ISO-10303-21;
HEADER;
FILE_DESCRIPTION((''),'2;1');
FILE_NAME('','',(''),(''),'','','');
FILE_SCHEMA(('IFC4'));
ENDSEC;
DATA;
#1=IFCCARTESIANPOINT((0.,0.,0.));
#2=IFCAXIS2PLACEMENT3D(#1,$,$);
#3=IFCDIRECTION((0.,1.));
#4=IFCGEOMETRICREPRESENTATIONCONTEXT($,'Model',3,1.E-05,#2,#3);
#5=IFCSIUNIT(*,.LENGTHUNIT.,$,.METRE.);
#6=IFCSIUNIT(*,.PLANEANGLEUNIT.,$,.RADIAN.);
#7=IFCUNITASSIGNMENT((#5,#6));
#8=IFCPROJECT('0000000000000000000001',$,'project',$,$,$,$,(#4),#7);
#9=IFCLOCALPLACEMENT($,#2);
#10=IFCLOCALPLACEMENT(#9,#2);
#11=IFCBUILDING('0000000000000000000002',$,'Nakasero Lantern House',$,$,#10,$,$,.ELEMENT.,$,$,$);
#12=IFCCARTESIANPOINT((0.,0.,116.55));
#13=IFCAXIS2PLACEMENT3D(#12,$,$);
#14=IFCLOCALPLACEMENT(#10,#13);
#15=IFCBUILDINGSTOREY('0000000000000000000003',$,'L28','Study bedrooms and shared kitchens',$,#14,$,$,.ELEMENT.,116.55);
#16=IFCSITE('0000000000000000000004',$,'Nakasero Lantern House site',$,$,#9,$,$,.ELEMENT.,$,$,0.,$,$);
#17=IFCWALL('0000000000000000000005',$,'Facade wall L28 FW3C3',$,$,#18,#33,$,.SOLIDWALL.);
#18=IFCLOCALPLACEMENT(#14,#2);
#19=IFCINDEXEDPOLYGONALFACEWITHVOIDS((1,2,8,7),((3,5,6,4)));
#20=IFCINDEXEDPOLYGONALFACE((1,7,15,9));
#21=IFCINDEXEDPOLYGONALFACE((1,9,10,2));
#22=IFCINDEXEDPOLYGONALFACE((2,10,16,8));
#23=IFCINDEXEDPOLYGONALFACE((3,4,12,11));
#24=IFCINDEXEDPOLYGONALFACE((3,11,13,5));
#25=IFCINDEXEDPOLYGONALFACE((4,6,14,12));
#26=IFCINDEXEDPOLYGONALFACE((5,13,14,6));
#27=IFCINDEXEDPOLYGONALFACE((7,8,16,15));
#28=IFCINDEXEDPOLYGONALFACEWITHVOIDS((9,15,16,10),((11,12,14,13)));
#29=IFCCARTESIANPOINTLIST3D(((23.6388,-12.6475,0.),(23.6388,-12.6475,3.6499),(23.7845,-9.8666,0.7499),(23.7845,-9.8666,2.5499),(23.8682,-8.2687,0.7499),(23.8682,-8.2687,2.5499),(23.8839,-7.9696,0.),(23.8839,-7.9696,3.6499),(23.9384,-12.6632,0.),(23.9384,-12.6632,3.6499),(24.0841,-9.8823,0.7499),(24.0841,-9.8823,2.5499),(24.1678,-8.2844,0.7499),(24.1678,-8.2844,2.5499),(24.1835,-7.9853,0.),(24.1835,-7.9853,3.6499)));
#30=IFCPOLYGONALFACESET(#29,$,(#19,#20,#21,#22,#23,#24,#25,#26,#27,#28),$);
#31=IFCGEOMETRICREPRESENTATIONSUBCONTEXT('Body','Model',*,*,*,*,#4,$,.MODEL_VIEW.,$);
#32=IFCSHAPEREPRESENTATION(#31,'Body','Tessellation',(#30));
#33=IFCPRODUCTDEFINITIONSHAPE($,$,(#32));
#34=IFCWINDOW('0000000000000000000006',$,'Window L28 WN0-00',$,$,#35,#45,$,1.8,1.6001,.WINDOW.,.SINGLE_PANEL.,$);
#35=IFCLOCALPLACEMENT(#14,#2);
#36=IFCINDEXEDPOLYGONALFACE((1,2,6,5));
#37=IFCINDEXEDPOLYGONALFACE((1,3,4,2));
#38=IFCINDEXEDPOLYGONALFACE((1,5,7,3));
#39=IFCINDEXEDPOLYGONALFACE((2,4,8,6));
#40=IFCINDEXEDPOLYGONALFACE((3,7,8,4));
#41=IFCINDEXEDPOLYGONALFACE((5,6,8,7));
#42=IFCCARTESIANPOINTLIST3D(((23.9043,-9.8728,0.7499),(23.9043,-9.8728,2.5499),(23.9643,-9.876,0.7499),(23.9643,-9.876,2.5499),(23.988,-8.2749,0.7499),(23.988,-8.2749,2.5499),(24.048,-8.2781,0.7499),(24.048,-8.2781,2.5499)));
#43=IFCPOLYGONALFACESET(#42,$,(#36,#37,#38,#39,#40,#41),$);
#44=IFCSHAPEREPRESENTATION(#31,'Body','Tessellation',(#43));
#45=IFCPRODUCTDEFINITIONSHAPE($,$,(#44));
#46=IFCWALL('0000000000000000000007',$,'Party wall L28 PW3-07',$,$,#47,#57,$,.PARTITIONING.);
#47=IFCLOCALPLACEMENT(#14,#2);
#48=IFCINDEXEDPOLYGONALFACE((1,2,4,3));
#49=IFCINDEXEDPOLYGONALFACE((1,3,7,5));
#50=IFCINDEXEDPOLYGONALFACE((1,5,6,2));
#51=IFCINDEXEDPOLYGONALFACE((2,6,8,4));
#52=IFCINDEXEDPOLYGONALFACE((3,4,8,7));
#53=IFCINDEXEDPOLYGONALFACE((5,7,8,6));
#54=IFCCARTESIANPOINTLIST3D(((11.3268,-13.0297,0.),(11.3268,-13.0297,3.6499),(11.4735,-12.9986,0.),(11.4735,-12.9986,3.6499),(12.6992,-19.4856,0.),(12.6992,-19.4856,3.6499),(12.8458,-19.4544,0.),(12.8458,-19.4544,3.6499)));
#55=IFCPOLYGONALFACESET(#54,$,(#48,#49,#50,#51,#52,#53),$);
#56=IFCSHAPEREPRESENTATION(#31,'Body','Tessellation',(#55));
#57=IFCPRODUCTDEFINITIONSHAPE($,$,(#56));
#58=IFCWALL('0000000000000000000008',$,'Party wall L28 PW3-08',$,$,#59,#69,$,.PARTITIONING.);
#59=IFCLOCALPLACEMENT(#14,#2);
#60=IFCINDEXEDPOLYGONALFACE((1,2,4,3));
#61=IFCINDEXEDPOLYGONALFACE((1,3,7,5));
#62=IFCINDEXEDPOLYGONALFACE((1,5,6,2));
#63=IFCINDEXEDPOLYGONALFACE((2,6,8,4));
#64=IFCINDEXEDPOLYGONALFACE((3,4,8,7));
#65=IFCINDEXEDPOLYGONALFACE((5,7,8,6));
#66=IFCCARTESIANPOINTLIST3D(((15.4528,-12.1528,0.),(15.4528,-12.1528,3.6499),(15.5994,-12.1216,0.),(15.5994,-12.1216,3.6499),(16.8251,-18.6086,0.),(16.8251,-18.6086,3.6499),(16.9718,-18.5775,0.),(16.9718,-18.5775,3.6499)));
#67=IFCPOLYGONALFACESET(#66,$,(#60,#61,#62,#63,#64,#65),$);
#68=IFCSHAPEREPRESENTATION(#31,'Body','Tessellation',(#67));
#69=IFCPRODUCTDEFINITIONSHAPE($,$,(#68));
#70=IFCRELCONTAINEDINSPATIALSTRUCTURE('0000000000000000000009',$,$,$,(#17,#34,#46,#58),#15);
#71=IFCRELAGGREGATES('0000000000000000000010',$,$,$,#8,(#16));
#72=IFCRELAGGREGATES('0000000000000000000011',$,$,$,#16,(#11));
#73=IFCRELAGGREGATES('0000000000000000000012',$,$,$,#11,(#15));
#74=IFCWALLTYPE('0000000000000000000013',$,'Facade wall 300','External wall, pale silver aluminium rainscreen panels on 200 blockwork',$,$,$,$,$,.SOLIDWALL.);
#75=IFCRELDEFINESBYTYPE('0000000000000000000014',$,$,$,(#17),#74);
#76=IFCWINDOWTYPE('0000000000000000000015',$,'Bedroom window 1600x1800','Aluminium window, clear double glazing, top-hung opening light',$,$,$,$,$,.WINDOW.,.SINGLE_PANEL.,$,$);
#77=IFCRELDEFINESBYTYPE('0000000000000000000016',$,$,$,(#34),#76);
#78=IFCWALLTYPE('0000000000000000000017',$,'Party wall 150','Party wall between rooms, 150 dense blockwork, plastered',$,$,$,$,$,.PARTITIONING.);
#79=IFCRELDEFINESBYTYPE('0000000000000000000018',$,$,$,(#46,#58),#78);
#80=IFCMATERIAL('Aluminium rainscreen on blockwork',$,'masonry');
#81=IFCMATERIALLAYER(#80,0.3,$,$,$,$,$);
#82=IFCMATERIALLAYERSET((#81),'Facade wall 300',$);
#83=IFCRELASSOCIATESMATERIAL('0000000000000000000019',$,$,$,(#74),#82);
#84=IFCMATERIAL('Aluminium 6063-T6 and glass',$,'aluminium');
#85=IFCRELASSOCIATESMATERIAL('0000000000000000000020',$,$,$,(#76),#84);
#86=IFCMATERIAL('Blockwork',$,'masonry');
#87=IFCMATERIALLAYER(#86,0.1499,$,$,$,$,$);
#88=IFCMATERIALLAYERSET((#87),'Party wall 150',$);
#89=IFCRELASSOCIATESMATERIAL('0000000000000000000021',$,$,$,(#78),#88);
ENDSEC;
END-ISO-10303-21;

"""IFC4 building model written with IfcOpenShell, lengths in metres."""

from ifc_helpers import new_model, si_unit, direction, frame, frame_2d, origin, place, context, subcontext, project, spatial, rectangle, extrude, material, layer, layer_set, type_object, element, fill, save


model = new_model("IFC4")

# Units and contexts
model_context = context("Model", 3, precision=1e-05, world=origin(), true_north=direction((0.0, 1.0)))
body_context = subcontext(model_context, "Body", "Model", "MODEL_VIEW")
ifc_project = project(units=[si_unit("LENGTHUNIT", "METRE"), si_unit("PLANEANGLEUNIT", "RADIAN")], contexts=[model_context])

# Site, building, storey
site_placement = place(None, origin())
site = spatial("IfcSite", under=ifc_project, at=site_placement, Name="Nakasero Lantern House site", CompositionType="ELEMENT", RefElevation=0.0)
building_placement = place(site_placement, origin())
building = spatial("IfcBuilding", under=site, at=building_placement, Name="Nakasero Lantern House", CompositionType="ELEMENT")
storey_placement = place(building_placement, frame((0.0, 0.0, 116.55)))
storey = spatial("IfcBuildingStorey", under=building, at=storey_placement, Name="L28", Description="Study bedrooms and shared kitchens", CompositionType="ELEMENT", Elevation=116.55)

# Shared definitions
ifc_material_1 = material(Name="Aluminium rainscreen on blockwork", Category="masonry")
ifc_layer_1 = layer(ifc_material_1, 0.3)
ifc_layer_set_1 = layer_set([ifc_layer_1], Name="Facade wall 300")
wall_type_1 = type_object("IfcWallType", Name="Facade wall 300", Description="External wall, pale silver aluminium rainscreen panels on 200 blockwork", PredefinedType="SOLIDWALL", material=ifc_layer_set_1)

# Wall, opening, window
wall_1_placement = place(storey_placement, frame((23.7886, -12.6555, 0.0), z_axis=(0.0, 0.0, 1.0), x_axis=(0.052326, 0.99863, 0.0)))
wall_1 = element("IfcWall", 1, at=wall_1_placement, inside=storey, type_object=wall_type_1, Name="Facade wall L28 FW3C3", PredefinedType="SOLIDWALL", context=body_context, shape_type="SweptSolid", body=[
    extrude(rectangle(XDim=4.6843, YDim=0.3, at=frame_2d((2.3423, 0.0))), origin(), (0.0, 0.0, 1.0), 3.6499),
])
opening_1_placement = place(wall_1_placement, frame((2.7849, 0.0, 0.75)))
opening_1 = element("IfcOpeningElement", 2, at=opening_1_placement, cuts=wall_1, PredefinedType="OPENING", context=body_context, shape_type="SweptSolid", body=[
    extrude(rectangle(XDim=1.6001, YDim=1.8, at=frame_2d((0.8, 0.8999))), frame((0.0, 0.1699, 0.0), z_axis=(0.0, -1.0, 0.0), x_axis=(1.0, 0.0, 0.0)), (0.0, 0.0, 1.0), 0.3401),
])
ifc_material_2 = material(Name="Aluminium 6063-T6 and glass", Category="aluminium")
window_type_1 = type_object("IfcWindowType", Name="Bedroom window 1600x1800", Description="Aluminium window, clear double glazing, top-hung opening light", PartitioningType="SINGLE_PANEL", PredefinedType="WINDOW", material=ifc_material_2)
window_1_placement = place(opening_1_placement, origin())
window_1 = element("IfcWindow", 3, at=window_1_placement, inside=storey, type_object=window_type_1, Name="Window L28 WN0-00", OverallHeight=1.8, OverallWidth=1.6001, PartitioningType="SINGLE_PANEL", PredefinedType="WINDOW", context=body_context, shape_type="SweptSolid", body=[
    extrude(rectangle(XDim=1.6001, YDim=1.8, at=frame_2d((0.8, 0.8999))), frame((0.0, 0.03, 0.0), z_axis=(0.0, -1.0, 0.0), x_axis=(1.0, 0.0, 0.0)), (0.0, 0.0, 1.0), 0.0601),
])
fill(opening_1, window_1)

# Walls
ifc_material_3 = material(Name="Blockwork", Category="masonry")
ifc_layer_2 = layer(ifc_material_3, 0.1499)
ifc_layer_set_2 = layer_set([ifc_layer_2], Name="Party wall 150")
wall_type_2 = type_object("IfcWallType", Name="Party wall 150", Description="Party wall between rooms, 150 dense blockwork, plastered", PredefinedType="PARTITIONING", material=ifc_layer_set_2)
for number, where, z_axis, x_axis, name in (
    (4, (11.4001, -13.0142, 0.0), (0.0, 0.0, 1.0), (0.207925, -0.978145, 0.0), "Party wall L28 PW3-07"),
    (5, (15.5261, -12.1372, 0.0), (0.0, 0.0, 1.0), (0.207925, -0.978145, 0.0), "Party wall L28 PW3-08"),
):
    element("IfcWall", number, at=place(storey_placement, frame(where, z_axis=z_axis, x_axis=x_axis)), inside=storey, type_object=wall_type_2, Name=name, PredefinedType="PARTITIONING", context=body_context, shape_type="SweptSolid", body=[
        extrude(rectangle(XDim=6.6001, YDim=0.1499, at=frame_2d((3.3, 0.0))), origin(), (0.0, 0.0, 1.0), 3.6499),
    ])

save(model, "model.ifc")
